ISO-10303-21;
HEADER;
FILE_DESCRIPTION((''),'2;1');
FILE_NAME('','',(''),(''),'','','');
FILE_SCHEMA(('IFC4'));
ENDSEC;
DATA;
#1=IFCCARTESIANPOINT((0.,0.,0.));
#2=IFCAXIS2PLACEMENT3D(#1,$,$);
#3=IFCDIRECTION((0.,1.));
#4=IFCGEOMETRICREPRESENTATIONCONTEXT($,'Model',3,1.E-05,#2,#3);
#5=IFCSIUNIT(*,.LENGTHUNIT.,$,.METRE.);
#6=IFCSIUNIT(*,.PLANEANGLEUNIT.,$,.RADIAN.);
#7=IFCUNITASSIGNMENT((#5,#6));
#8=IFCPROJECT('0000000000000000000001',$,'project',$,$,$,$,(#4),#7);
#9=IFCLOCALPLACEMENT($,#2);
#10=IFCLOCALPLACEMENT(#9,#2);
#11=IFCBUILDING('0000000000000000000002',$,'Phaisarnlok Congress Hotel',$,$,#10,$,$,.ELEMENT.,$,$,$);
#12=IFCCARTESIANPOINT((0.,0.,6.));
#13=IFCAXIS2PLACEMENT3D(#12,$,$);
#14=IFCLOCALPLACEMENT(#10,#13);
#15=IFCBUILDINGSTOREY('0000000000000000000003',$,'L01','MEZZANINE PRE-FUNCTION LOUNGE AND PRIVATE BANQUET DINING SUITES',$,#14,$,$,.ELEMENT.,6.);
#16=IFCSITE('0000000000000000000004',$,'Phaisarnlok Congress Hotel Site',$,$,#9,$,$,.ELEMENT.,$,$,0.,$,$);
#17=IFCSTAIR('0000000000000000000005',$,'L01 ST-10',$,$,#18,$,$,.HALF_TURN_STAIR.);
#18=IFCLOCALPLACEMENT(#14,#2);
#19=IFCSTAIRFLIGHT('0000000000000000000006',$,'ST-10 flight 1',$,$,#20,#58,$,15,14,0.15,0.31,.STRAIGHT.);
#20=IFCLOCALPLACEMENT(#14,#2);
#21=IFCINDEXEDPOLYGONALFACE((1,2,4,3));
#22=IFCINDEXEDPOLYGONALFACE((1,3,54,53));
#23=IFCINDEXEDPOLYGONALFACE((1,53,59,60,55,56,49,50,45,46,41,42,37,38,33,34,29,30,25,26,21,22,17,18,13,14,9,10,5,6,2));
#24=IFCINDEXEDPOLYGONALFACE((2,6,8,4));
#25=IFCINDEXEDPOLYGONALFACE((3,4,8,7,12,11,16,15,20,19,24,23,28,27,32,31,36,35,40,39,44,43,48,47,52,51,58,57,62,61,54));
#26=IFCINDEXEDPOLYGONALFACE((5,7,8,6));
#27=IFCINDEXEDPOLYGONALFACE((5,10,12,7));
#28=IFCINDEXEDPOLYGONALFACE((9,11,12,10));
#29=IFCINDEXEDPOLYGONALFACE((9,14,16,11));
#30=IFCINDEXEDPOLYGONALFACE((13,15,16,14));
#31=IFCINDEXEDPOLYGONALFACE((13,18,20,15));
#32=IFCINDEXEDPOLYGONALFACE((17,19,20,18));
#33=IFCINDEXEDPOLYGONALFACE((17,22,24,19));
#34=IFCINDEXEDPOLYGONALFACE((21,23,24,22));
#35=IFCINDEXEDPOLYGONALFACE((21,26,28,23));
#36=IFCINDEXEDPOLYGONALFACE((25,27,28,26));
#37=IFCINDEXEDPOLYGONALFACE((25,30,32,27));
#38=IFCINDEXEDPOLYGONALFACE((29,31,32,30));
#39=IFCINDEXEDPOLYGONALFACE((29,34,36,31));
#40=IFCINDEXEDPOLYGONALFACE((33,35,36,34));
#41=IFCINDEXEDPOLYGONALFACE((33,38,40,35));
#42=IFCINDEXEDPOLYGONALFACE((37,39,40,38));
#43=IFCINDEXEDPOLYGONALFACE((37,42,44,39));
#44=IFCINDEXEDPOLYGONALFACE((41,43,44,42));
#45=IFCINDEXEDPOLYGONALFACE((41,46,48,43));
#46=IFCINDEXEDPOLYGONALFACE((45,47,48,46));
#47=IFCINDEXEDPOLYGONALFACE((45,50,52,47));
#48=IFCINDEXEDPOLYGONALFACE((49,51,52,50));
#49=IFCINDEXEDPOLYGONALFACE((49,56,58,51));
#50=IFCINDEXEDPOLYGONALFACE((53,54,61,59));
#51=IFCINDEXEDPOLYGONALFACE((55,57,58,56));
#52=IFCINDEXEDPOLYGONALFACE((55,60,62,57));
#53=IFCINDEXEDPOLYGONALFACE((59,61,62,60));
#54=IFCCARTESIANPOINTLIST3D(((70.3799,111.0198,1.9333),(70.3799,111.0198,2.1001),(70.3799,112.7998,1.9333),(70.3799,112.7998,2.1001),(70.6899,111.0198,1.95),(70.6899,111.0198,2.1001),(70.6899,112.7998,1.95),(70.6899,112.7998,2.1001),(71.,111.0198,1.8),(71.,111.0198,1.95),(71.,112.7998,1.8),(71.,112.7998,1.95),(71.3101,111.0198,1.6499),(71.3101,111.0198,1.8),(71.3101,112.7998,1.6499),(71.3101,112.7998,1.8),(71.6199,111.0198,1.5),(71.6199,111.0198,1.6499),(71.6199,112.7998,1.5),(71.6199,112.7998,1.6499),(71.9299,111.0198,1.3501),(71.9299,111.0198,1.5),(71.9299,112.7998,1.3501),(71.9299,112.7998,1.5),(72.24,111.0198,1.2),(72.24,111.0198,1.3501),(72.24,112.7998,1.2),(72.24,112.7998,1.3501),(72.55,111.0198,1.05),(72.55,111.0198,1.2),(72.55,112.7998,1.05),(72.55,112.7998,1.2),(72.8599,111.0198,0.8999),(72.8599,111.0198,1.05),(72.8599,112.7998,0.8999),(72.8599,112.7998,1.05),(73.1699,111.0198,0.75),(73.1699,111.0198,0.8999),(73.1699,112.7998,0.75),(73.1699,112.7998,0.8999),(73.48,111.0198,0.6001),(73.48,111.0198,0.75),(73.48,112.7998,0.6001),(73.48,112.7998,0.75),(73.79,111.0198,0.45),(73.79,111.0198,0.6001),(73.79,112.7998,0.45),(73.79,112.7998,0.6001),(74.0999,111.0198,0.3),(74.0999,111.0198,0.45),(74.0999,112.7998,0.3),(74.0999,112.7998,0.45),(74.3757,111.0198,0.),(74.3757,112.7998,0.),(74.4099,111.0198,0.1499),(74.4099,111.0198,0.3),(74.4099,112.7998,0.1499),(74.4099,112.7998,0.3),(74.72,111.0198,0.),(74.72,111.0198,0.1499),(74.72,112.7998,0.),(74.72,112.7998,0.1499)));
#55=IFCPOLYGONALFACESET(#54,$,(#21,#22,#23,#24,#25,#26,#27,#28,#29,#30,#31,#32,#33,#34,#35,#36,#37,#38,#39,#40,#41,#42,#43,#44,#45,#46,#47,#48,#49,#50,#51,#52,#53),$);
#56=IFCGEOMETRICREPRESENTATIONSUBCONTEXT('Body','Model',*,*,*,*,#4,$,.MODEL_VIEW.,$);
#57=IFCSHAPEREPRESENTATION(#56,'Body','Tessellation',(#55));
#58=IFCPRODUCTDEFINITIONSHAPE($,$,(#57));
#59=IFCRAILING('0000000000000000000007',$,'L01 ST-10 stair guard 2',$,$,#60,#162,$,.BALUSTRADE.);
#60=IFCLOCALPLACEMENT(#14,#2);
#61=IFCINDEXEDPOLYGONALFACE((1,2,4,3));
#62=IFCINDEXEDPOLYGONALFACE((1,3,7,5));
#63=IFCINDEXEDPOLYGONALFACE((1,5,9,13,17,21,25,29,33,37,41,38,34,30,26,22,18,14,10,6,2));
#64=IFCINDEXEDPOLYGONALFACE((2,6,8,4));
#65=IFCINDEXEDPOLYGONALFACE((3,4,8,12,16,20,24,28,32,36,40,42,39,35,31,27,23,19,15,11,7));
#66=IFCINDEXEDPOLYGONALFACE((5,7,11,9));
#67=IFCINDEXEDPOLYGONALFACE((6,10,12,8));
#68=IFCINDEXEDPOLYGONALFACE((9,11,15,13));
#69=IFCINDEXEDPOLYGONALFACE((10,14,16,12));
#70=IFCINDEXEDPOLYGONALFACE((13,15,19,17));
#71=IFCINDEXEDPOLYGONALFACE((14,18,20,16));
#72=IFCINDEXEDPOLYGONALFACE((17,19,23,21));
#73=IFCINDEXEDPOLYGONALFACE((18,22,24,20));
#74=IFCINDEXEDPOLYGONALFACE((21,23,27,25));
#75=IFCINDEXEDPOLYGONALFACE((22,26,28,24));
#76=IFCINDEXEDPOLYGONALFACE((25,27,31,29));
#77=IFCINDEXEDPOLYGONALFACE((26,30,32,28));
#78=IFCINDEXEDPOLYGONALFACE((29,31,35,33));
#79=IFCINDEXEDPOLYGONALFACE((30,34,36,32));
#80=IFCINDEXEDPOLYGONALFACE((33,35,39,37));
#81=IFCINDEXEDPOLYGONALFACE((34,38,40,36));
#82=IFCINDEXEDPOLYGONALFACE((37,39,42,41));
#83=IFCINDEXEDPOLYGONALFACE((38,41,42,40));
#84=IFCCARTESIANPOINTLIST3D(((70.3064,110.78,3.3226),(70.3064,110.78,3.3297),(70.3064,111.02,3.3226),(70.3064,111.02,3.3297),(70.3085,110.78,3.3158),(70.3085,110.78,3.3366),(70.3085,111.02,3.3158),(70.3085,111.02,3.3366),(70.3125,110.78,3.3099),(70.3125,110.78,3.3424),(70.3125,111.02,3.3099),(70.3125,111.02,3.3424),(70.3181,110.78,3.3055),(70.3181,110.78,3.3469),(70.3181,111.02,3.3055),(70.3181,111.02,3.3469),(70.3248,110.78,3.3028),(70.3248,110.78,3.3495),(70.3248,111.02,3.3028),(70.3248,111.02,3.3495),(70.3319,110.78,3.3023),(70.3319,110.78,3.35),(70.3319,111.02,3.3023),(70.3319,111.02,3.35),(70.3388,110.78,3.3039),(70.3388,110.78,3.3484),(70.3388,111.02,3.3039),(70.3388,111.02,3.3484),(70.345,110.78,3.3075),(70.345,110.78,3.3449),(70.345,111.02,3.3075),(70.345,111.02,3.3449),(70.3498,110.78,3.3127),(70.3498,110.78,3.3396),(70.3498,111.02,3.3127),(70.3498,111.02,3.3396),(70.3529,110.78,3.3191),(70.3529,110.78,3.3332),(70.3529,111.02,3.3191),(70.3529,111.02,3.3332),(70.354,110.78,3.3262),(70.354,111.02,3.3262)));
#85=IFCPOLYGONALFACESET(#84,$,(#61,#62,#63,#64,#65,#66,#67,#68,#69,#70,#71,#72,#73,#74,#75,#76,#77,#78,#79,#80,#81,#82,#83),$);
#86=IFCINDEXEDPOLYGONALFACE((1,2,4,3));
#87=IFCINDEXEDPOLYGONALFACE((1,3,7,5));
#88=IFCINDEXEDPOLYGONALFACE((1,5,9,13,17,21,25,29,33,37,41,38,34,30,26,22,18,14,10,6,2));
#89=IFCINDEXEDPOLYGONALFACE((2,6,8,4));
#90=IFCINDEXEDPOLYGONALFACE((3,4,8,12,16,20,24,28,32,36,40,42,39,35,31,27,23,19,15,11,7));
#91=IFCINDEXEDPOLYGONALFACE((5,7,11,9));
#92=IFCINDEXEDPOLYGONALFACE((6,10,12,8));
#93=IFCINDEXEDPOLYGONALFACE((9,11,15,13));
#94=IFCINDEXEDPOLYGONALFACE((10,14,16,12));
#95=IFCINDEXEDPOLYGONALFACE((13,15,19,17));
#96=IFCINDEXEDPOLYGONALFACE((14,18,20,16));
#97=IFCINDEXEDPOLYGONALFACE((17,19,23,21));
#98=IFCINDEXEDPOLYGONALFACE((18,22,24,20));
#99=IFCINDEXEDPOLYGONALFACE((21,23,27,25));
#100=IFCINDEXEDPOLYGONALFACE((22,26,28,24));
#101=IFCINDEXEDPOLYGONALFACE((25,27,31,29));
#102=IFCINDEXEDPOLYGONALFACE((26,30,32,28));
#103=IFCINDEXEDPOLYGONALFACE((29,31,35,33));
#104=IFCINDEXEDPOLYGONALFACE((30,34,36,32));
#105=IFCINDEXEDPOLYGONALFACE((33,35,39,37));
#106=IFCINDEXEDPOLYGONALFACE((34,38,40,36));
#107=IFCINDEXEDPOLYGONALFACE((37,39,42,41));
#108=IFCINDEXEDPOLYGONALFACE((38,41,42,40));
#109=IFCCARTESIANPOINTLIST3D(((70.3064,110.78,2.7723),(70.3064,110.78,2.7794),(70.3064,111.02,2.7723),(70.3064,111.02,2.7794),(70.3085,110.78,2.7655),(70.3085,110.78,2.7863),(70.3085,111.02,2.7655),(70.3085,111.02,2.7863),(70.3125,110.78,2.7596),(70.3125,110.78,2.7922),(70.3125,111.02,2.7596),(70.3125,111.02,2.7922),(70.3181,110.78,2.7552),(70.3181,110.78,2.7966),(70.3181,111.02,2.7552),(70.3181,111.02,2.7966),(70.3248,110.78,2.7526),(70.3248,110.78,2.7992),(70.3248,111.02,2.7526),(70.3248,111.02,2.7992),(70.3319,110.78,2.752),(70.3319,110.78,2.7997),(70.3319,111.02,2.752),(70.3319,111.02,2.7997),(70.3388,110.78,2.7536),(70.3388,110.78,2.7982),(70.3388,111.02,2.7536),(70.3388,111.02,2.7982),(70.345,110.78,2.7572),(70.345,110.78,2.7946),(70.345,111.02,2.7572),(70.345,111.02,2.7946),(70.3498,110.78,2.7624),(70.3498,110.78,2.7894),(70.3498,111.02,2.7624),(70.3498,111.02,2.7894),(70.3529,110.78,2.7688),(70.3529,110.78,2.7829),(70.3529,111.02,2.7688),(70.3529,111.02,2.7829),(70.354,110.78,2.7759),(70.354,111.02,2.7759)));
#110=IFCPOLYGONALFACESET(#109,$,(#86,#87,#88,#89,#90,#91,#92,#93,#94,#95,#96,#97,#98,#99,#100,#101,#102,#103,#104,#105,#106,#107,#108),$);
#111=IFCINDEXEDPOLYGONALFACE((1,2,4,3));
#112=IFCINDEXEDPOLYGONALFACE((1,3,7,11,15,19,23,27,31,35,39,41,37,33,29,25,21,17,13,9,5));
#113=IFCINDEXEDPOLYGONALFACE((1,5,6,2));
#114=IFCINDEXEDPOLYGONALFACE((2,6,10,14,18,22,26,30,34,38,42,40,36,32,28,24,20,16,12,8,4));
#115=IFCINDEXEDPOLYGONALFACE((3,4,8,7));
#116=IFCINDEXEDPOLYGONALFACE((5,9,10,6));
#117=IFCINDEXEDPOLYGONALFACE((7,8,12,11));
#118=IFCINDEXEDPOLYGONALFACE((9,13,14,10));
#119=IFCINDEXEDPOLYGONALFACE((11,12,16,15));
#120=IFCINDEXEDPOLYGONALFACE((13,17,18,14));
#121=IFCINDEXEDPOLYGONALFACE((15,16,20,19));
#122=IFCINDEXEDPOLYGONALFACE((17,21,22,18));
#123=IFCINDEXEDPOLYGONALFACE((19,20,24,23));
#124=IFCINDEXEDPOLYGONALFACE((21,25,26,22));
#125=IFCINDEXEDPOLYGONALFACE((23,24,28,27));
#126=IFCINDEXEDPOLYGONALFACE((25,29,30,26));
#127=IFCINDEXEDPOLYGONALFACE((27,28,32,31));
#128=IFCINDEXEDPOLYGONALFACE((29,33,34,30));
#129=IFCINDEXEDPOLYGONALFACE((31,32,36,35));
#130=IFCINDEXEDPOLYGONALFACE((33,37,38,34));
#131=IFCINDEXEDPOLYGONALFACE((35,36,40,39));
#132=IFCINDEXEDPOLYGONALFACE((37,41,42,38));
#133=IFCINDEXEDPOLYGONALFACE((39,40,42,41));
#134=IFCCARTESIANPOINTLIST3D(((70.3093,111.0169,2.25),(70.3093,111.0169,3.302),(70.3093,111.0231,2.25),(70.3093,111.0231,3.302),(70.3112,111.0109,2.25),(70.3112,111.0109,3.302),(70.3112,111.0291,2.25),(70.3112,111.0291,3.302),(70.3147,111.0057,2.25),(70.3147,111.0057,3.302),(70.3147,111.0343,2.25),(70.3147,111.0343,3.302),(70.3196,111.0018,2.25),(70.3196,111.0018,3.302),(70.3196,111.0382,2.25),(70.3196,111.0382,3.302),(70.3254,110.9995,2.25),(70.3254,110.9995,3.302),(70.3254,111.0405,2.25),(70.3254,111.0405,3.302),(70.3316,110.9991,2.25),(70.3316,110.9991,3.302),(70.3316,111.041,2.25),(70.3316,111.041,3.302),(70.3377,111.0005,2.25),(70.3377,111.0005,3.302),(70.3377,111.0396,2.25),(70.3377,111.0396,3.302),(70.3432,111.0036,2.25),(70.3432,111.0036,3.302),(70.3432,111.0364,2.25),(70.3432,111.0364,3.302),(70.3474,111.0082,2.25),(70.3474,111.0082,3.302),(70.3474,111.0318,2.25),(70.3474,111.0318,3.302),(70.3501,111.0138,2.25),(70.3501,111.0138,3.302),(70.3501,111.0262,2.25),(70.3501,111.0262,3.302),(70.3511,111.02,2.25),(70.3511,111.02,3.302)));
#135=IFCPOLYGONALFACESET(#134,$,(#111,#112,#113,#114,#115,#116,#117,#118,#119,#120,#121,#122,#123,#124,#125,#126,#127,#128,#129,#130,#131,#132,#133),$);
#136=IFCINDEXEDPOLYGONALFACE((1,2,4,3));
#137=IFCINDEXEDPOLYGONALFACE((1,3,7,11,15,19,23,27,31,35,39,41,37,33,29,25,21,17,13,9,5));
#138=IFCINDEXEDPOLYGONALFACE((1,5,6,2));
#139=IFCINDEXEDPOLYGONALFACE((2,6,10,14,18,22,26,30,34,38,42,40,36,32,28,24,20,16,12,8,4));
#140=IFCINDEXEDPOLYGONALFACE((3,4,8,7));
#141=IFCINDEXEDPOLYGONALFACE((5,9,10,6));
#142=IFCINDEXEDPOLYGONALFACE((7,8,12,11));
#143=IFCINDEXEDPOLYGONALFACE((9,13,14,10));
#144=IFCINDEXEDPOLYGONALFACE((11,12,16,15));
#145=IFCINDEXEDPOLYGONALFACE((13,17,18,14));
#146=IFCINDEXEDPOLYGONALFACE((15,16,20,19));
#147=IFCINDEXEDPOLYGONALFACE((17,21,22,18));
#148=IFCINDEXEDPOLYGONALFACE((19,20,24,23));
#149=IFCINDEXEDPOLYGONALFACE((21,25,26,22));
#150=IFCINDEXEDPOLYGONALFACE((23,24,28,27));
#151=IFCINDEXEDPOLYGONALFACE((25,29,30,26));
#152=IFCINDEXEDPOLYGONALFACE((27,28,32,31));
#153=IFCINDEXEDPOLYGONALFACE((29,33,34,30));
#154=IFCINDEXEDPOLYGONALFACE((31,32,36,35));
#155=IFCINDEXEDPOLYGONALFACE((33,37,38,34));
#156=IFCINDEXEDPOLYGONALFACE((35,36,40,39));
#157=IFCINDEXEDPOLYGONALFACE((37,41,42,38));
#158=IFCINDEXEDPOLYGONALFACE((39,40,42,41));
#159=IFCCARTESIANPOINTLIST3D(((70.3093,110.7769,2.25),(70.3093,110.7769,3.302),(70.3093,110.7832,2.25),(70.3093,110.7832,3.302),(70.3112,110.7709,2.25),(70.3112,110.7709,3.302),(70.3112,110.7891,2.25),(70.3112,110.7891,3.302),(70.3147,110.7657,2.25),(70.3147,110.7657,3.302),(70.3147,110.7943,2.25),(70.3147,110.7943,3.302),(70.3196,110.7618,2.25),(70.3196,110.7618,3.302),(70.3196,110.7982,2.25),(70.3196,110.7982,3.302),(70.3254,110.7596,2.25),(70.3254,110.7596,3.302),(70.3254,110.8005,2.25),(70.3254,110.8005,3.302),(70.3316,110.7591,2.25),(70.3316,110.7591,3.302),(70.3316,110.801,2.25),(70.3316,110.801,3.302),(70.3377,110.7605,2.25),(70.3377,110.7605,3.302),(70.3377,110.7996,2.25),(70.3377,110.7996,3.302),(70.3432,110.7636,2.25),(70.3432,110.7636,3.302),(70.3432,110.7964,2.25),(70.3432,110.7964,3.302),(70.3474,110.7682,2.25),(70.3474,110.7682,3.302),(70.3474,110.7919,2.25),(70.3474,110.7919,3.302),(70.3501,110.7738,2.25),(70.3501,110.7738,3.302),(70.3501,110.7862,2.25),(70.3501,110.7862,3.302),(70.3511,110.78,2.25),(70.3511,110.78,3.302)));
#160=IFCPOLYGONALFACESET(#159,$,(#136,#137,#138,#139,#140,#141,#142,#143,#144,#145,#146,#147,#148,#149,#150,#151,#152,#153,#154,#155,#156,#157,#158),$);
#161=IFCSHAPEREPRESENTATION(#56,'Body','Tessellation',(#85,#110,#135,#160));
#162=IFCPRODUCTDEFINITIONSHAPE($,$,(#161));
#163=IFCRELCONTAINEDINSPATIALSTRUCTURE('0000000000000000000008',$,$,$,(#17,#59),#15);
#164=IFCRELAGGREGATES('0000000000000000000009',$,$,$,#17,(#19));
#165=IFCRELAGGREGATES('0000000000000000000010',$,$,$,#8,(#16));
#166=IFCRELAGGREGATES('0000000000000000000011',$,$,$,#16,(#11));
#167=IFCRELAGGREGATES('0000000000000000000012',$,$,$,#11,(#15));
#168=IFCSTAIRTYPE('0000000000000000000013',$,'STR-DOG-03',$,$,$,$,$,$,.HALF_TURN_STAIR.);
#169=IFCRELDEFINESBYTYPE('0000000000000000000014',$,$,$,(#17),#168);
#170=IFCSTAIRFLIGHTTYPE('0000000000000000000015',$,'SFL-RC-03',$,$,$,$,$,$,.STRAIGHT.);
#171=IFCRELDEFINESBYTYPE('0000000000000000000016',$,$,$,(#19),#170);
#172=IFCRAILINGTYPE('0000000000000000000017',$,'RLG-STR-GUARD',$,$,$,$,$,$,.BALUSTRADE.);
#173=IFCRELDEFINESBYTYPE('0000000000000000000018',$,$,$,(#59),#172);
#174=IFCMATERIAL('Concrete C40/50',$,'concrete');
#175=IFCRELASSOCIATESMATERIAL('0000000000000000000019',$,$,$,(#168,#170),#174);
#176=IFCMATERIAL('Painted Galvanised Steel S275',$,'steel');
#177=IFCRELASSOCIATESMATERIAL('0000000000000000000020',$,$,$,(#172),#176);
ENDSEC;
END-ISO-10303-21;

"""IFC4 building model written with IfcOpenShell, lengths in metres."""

from ifc_helpers import new_model, si_unit, direction, frame, origin, origin_2d, place, context, subcontext, project, spatial, polyline, circle, outline, extrude, material, type_object, element, aggregate, save


model = new_model("IFC4")

# Units and contexts
model_context = context("Model", 3, precision=1e-05, world=origin(), true_north=direction((0.0, 1.0)))
body_context = subcontext(model_context, "Body", "Model", "MODEL_VIEW")
ifc_project = project(units=[si_unit("LENGTHUNIT", "METRE"), si_unit("PLANEANGLEUNIT", "RADIAN")], contexts=[model_context])

# Site, building, storey
site_placement = place(None, origin())
site = spatial("IfcSite", under=ifc_project, at=site_placement, Name="Phaisarnlok Congress Hotel Site", CompositionType="ELEMENT", RefElevation=0.0)
building_placement = place(site_placement, origin())
building = spatial("IfcBuilding", under=site, at=building_placement, Name="Phaisarnlok Congress Hotel", CompositionType="ELEMENT")
storey_placement = place(building_placement, frame((0.0, 0.0, 6.0)))
storey = spatial("IfcBuildingStorey", under=building, at=storey_placement, Name="L01", Description="MEZZANINE PRE-FUNCTION LOUNGE AND PRIVATE BANQUET DINING SUITES", CompositionType="ELEMENT", Elevation=6.0)

# Shared definitions
ifc_material_1 = material(Name="Concrete C40/50", Category="concrete")

# Stair, stair flight
stair_type = type_object("IfcStairType", Name="STR-DOG-03", PredefinedType="HALF_TURN_STAIR", material=ifc_material_1)
stair_placement = place(storey_placement, origin())
stair = element("IfcStair", 1, at=stair_placement, inside=storey, type_object=stair_type, Name="L01 ST-10", PredefinedType="HALF_TURN_STAIR")
stair_flight_type = type_object("IfcStairFlightType", Name="SFL-RC-03", PredefinedType="STRAIGHT", material=ifc_material_1)
stair_flight_placement = place(storey_placement, frame((74.72, 111.9099, 0.0), z_axis=(0.0, 0.0, 1.0), x_axis=(-1.0, 0.0, 0.0)))
stair_flight = element("IfcStairFlight", 2, at=stair_flight_placement, type_object=stair_flight_type, Name="ST-10 flight 1", NumberOfRisers=15, NumberOfTreads=14, PredefinedType="STRAIGHT", RiserHeight=0.15, TreadLength=0.31, context=body_context, shape_type="SweptSolid", body=[
    extrude(outline(polyline([(0.0, 0.0), (0.0, 0.1499), (0.3101, 0.1499), (0.3101, 0.3), (0.6201, 0.3), (0.6201, 0.45), (0.9299, 0.45), (0.9299, 0.6001), (1.24, 0.6001), (1.24, 0.75), (1.55, 0.75), (1.55, 0.8999), (1.8601, 0.8999), (1.8601, 1.05), (2.1699, 1.05), (2.1699, 1.2), (2.48, 1.2), (2.48, 1.3501), (2.79, 1.3501), (2.79, 1.5), (3.1001, 1.5), (3.1001, 1.6499), (3.4099, 1.6499), (3.4099, 1.8), (3.72, 1.8), (3.72, 1.95), (4.03, 1.95), (4.03, 2.1001), (4.3401, 2.1001), (4.3401, 2.25), (4.3401, 1.9333), (0.3442, 0.0), (0.0, 0.0)])), frame((0.0, 0.8901, 0.0), z_axis=(0.0, -1.0, 0.0), x_axis=(1.0, 0.0, 0.0)), (0.0, 0.0, 1.0), 1.78),
])
aggregate(stair, [stair_flight])

# Railing
ifc_material_2 = material(Name="Painted Galvanised Steel S275", Category="steel")
railing_type_1 = type_object("IfcRailingType", Name="RLG-STR-GUARD", PredefinedType="BALUSTRADE", material=ifc_material_2)
for number, where, name in (
    (3, (70.3301, 111.02, 2.25), "L01 ST-10 stair guard 2"),
):
    element("IfcRailing", number, at=place(storey_placement, frame(where)), inside=storey, type_object=railing_type_1, Name=name, PredefinedType="BALUSTRADE", context=body_context, shape_type="SweptSolid", body=[
        extrude(circle(Radius=0.0239, at=origin_2d()), frame((0.0, 0.0, 1.0762), z_axis=(0.0, -1.0, 0.0), x_axis=(1.0, 0.0, 0.0)), (0.0, 0.0, 1.0), 0.24),
        extrude(circle(Radius=0.0239, at=origin_2d()), frame((0.0, 0.0, 0.5259), z_axis=(0.0, -1.0, 0.0), x_axis=(1.0, 0.0, 0.0)), (0.0, 0.0, 1.0), 0.24),
        extrude(circle(Radius=0.021, at=origin_2d()), origin(), (0.0, 0.0, 1.0), 1.052),
        extrude(circle(Radius=0.021, at=origin_2d()), frame((0.0, -0.24, 0.0)), (0.0, 0.0, 1.0), 1.052),
    ])

save(model, "model.ifc")
